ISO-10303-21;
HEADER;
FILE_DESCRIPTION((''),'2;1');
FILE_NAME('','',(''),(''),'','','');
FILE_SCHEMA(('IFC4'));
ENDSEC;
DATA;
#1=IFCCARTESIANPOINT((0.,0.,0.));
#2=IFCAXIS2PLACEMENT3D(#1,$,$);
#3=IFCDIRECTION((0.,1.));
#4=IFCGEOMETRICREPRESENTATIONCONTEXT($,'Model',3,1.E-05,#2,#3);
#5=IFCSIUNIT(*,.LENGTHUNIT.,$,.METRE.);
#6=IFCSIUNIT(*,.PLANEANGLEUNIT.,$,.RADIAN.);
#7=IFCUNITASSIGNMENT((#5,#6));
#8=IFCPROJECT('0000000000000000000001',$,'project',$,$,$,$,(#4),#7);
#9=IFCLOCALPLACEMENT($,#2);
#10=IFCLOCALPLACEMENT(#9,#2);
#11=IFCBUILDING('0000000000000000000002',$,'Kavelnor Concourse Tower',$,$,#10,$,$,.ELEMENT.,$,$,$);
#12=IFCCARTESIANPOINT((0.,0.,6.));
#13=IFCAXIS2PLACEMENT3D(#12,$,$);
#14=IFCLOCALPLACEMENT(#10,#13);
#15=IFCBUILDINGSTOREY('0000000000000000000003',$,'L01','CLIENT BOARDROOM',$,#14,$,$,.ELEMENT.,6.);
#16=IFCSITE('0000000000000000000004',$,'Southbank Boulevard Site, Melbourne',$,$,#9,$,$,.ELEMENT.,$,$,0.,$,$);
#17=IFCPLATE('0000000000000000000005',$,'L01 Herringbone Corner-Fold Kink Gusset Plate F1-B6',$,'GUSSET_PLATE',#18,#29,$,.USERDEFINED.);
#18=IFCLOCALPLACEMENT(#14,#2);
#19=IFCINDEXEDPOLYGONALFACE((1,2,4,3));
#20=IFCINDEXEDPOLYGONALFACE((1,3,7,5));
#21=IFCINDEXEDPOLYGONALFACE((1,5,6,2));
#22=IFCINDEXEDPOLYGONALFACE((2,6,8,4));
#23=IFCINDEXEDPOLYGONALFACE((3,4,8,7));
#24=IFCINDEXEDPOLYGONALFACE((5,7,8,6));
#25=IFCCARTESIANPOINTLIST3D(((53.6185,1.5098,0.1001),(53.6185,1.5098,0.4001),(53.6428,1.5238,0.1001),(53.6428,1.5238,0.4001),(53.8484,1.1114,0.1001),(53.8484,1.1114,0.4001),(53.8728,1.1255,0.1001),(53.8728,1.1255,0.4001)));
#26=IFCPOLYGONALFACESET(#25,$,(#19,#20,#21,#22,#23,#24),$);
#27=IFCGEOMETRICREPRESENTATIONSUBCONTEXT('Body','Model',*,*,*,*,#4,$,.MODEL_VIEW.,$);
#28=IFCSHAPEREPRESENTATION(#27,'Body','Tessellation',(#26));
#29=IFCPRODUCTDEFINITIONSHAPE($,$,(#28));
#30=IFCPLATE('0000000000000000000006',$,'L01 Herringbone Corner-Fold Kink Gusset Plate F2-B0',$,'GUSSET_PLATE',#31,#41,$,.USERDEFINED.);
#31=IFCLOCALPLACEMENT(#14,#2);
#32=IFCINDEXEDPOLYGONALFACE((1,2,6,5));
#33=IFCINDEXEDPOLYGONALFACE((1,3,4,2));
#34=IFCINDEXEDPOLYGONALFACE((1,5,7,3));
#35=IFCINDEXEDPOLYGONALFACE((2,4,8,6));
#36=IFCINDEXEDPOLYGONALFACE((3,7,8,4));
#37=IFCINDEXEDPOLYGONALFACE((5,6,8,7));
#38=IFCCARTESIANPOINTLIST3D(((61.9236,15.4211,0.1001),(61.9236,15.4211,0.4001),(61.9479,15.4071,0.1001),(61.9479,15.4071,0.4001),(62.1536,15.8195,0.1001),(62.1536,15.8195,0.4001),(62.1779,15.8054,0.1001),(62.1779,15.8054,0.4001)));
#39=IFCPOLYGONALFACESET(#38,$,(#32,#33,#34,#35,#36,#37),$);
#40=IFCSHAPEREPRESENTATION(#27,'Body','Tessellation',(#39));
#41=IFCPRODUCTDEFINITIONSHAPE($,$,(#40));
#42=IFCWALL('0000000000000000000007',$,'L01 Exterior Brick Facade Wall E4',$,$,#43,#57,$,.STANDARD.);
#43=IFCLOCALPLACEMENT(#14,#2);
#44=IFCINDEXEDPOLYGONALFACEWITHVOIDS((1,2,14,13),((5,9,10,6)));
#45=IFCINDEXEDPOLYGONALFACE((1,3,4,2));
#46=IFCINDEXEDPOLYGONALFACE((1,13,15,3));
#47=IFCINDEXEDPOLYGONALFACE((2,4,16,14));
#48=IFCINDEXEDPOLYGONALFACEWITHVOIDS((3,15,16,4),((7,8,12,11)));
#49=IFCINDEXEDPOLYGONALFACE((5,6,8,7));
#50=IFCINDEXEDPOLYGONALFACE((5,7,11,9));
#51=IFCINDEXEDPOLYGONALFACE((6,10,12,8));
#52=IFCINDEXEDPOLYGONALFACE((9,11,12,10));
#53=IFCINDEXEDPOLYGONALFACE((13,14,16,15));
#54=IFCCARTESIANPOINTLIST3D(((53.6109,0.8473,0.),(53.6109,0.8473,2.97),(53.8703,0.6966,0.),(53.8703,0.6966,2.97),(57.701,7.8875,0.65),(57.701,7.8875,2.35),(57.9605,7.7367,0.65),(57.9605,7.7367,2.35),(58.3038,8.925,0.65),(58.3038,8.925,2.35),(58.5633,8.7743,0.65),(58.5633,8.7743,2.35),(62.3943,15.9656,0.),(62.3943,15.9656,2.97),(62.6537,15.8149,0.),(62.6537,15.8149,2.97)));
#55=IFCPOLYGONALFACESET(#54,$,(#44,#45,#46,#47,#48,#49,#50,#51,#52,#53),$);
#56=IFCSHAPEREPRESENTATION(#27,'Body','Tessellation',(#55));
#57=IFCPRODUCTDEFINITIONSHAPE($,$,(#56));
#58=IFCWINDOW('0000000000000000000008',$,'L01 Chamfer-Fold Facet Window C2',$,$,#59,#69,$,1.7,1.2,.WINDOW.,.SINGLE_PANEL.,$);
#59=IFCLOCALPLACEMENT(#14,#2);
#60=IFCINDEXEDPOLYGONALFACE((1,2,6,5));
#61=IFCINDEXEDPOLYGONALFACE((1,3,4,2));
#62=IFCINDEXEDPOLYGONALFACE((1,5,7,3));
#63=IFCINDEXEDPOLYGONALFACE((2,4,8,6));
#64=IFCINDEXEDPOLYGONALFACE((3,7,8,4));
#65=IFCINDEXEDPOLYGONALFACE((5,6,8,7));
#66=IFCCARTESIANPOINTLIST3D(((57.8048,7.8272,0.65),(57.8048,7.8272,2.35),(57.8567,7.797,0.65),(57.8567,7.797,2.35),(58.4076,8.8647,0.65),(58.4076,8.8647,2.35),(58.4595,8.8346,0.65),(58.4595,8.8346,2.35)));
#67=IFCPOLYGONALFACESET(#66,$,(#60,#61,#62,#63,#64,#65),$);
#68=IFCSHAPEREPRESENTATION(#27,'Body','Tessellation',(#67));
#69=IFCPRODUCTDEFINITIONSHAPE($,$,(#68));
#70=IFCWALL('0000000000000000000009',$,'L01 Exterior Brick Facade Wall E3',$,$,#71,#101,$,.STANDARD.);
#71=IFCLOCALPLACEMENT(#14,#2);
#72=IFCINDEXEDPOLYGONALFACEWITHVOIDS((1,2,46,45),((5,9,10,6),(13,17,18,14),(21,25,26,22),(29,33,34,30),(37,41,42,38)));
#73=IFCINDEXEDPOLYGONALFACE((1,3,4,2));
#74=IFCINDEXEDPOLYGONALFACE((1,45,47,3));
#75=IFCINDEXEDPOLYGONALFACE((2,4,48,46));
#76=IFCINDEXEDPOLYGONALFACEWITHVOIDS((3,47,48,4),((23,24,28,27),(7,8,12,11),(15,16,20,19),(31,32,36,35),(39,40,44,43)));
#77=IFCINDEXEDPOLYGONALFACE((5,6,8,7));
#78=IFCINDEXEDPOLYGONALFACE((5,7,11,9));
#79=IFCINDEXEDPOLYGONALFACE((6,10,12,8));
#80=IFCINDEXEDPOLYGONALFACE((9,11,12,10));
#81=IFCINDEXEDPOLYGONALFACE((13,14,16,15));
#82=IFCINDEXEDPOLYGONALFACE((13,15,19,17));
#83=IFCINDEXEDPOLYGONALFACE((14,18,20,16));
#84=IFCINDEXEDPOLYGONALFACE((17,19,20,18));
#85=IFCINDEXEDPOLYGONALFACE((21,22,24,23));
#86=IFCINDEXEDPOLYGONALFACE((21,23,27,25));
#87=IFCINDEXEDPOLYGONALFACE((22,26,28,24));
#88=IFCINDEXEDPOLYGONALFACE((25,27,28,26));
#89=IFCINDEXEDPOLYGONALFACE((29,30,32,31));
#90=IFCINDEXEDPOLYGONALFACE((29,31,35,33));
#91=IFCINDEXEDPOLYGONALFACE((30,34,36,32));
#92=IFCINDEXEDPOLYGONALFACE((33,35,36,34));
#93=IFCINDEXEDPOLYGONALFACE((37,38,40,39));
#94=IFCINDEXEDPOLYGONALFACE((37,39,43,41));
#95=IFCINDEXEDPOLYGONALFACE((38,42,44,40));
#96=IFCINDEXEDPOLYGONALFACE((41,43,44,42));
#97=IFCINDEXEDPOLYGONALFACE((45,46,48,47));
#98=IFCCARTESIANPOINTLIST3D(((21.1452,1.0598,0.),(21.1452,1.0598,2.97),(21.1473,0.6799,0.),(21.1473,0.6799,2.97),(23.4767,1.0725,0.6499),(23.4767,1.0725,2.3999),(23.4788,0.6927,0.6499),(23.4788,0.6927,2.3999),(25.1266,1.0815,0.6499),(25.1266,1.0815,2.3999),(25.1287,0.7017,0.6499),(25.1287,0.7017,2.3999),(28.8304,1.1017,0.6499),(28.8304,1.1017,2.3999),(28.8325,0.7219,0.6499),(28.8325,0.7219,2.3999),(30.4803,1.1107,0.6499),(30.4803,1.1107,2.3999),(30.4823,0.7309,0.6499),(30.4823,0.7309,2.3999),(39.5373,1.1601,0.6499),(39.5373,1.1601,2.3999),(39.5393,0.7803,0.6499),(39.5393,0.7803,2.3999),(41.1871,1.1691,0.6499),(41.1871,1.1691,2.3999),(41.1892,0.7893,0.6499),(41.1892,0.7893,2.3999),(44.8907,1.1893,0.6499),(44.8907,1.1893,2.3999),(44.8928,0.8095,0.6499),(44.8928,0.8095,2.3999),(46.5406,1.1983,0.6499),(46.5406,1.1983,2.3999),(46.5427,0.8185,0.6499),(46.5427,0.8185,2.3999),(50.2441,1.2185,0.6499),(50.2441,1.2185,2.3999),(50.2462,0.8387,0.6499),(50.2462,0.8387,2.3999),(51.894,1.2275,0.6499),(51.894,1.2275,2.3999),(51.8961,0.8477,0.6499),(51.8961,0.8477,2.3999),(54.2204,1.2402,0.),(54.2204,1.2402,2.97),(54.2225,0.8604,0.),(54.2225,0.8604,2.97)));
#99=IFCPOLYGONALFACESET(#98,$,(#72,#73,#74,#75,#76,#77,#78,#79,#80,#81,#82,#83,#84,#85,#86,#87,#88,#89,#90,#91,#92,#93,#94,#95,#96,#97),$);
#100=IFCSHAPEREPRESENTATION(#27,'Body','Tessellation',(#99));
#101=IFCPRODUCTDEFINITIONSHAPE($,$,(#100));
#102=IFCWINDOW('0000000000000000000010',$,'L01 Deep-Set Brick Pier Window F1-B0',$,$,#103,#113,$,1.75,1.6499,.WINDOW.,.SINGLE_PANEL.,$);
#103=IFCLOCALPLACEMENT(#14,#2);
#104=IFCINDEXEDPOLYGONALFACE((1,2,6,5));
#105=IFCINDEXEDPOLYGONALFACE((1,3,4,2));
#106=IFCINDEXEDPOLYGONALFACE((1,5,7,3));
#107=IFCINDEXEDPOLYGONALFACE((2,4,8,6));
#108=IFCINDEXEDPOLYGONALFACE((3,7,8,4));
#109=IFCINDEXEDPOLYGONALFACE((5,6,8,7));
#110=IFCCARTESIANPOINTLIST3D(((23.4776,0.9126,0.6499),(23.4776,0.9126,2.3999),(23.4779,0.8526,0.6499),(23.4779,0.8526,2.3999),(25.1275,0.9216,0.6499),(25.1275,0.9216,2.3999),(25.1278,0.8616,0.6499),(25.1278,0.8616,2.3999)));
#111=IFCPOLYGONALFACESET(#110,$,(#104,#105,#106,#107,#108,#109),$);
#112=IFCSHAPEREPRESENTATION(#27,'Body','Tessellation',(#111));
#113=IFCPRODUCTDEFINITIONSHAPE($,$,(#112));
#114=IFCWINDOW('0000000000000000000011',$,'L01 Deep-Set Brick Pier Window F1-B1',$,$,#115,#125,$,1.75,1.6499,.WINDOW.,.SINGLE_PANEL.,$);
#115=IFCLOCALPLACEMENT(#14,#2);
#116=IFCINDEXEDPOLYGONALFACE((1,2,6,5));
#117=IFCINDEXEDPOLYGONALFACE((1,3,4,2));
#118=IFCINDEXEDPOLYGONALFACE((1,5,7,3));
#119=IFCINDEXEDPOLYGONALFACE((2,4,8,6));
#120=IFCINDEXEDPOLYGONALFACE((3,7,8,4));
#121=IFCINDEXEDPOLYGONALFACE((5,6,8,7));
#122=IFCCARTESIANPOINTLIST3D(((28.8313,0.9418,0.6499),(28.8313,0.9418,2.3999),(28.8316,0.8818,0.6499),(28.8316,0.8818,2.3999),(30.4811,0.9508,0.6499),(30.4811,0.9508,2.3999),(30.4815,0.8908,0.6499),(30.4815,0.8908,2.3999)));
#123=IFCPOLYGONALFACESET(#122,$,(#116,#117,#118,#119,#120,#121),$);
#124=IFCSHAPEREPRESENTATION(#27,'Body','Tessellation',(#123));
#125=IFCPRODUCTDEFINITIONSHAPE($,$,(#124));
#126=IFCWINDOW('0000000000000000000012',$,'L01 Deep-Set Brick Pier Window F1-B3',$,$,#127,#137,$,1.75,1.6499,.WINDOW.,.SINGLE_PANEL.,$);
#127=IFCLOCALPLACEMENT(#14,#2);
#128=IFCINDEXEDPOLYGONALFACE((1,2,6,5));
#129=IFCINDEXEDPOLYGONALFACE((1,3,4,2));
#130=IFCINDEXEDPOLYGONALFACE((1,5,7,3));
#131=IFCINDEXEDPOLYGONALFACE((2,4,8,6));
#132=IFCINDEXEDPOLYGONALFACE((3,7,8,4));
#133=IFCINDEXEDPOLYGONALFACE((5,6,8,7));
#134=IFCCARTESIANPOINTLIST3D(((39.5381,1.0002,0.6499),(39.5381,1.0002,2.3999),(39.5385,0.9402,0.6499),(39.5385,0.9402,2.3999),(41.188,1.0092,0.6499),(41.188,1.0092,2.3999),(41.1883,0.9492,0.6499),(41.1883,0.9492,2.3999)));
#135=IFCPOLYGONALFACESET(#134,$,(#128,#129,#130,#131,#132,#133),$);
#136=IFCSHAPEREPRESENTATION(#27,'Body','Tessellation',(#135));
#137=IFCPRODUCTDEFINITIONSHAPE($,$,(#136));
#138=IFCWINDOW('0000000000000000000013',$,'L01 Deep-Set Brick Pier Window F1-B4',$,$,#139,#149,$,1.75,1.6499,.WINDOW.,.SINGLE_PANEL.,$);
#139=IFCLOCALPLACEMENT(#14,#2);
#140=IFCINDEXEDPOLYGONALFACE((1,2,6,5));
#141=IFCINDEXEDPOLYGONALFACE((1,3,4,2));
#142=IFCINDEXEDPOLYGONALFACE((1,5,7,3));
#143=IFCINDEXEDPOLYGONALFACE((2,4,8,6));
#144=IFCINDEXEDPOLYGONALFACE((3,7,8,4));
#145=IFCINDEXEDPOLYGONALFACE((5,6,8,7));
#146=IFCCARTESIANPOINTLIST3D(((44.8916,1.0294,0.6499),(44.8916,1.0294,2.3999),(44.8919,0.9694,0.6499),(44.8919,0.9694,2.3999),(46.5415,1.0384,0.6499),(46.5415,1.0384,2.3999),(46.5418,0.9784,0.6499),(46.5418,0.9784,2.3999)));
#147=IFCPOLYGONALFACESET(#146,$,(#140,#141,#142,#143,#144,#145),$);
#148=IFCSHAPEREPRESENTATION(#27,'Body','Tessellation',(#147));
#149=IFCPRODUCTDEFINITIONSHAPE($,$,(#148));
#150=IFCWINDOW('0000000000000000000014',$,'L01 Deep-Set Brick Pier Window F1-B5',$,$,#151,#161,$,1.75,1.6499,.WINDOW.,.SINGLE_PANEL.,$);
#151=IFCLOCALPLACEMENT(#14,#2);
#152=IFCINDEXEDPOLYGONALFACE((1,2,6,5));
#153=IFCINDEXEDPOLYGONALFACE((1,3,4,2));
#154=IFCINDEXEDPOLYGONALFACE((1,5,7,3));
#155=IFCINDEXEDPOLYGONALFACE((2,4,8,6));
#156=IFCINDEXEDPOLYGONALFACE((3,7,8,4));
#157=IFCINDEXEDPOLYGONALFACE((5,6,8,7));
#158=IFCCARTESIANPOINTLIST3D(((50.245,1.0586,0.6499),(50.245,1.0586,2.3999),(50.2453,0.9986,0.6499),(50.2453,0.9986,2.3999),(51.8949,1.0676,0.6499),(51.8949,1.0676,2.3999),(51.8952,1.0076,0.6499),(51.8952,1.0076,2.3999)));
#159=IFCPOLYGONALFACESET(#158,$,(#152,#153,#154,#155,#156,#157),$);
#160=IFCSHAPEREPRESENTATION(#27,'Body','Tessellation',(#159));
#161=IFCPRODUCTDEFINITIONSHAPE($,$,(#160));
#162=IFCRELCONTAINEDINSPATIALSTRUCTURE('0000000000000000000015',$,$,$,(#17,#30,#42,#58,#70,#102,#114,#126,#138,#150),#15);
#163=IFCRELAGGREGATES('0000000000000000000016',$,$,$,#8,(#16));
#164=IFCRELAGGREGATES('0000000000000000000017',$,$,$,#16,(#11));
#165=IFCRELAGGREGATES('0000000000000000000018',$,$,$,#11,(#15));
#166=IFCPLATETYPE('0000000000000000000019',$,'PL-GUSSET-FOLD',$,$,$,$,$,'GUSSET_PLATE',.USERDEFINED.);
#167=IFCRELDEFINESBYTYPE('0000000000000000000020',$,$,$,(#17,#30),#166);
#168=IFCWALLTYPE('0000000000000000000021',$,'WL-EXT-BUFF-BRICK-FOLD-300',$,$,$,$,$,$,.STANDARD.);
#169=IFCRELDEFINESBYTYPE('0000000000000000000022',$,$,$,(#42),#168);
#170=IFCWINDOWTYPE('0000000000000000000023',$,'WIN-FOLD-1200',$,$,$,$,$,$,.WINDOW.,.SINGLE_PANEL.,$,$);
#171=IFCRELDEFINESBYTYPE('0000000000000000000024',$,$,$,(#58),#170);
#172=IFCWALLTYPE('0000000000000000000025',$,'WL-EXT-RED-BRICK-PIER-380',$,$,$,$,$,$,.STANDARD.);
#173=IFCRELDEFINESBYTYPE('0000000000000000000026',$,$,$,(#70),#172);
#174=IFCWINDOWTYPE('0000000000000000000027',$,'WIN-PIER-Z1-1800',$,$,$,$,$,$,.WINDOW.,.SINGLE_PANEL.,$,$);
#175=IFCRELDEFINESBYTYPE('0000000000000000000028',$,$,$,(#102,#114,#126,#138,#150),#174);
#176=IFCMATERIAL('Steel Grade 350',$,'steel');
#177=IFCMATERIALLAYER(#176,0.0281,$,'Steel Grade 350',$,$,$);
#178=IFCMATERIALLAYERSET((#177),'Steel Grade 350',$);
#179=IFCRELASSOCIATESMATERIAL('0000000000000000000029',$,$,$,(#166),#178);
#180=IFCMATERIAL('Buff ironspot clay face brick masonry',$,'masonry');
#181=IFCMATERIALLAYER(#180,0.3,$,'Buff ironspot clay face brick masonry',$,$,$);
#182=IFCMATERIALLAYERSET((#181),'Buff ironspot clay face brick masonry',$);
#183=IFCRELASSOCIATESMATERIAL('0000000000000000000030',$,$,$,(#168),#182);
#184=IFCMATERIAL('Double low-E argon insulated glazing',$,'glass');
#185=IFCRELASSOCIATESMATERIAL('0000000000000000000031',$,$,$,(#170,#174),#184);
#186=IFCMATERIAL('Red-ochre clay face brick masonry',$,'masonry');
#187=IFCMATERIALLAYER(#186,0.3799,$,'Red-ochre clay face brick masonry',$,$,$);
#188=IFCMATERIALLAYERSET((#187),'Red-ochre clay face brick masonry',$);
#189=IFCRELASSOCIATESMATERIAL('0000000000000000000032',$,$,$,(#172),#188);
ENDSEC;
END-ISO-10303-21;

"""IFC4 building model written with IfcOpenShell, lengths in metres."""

from ifc_helpers import new_model, si_unit, direction, frame, frame_2d, origin, origin_2d, place, context, subcontext, project, spatial, rectangle, extrude, material, layer, layer_set, type_object, element, fill, save


model = new_model("IFC4")

# Units and contexts
model_context = context("Model", 3, precision=1e-05, world=origin(), true_north=direction((0.0, 1.0)))
body_context = subcontext(model_context, "Body", "Model", "MODEL_VIEW")
ifc_project = project(units=[si_unit("LENGTHUNIT", "METRE"), si_unit("PLANEANGLEUNIT", "RADIAN")], contexts=[model_context])

# Site, building, storey
site_placement = place(None, origin())
site = spatial("IfcSite", under=ifc_project, at=site_placement, Name="Southbank Boulevard Site, Melbourne", CompositionType="ELEMENT", RefElevation=0.0)
building_placement = place(site_placement, origin())
building = spatial("IfcBuilding", under=site, at=building_placement, Name="Kavelnor Concourse Tower", CompositionType="ELEMENT")
storey_placement = place(building_placement, frame((0.0, 0.0, 6.0)))
storey = spatial("IfcBuildingStorey", under=building, at=storey_placement, Name="L01", Description="CLIENT BOARDROOM", CompositionType="ELEMENT", Elevation=6.0)

# Shared definitions
ifc_material_1 = material(Name="Steel Grade 350", Category="steel")

# Plates
ifc_layer_1 = layer(ifc_material_1, 0.0281, Name="Steel Grade 350")
ifc_layer_set_1 = layer_set([ifc_layer_1], Name="Steel Grade 350")
plate_type = type_object("IfcPlateType", Name="PL-GUSSET-FOLD", ElementType="GUSSET_PLATE", PredefinedType="USERDEFINED", material=ifc_layer_set_1)
for number, where, z_axis, x_axis, name in (
    (1, (53.7456, 1.3176, 0.1001), (0.0, 0.0, 1.0), (-0.5, 0.866025, 0.0), "L01 Herringbone Corner-Fold Kink Gusset Plate F1-B6"),
    (2, (62.0508, 15.6133, 0.1001), (0.0, 0.0, 1.0), (-0.5, -0.866025, 0.0), "L01 Herringbone Corner-Fold Kink Gusset Plate F2-B0"),
):
    element("IfcPlate", number, at=place(storey_placement, frame(where, z_axis=z_axis, x_axis=x_axis)), inside=storey, type_object=plate_type, Name=name, ObjectType="GUSSET_PLATE", PredefinedType="USERDEFINED", context=body_context, shape_type="SweptSolid", body=[
        extrude(rectangle(XDim=0.46, YDim=0.0281, at=origin_2d()), origin(), (0.0, 0.0, 1.0), 0.3),
    ])

# Wall, opening, window
ifc_material_2 = material(Name="Buff ironspot clay face brick masonry", Category="masonry")
ifc_layer_2 = layer(ifc_material_2, 0.3, Name="Buff ironspot clay face brick masonry")
ifc_layer_set_2 = layer_set([ifc_layer_2], Name="Buff ironspot clay face brick masonry")
wall_type_1 = type_object("IfcWallType", Name="WL-EXT-BUFF-BRICK-FOLD-300", PredefinedType="STANDARD", material=ifc_layer_set_2)
wall_1_placement = place(storey_placement, frame((62.5239, 15.8901, 0.0), z_axis=(0.0, 0.0, 1.0), x_axis=(-0.50235, -0.864664, 0.0)))
wall_1 = element("IfcWall", 3, at=wall_1_placement, inside=storey, type_object=wall_type_1, Name="L01 Exterior Brick Facade Wall E4", PredefinedType="STANDARD", context=body_context, shape_type="SweptSolid", body=[
    extrude(rectangle(XDim=17.4846, YDim=0.3, at=frame_2d((8.7422, 0.0))), origin(), (0.0, 0.0, 1.0), 2.97),
])
opening_1_placement = place(wall_1_placement, frame((8.1423, 0.0, 0.6499)))
opening_1 = element("IfcOpeningElement", 4, at=opening_1_placement, cuts=wall_1, PredefinedType="OPENING", context=body_context, shape_type="SweptSolid", body=[
    extrude(rectangle(XDim=1.2, YDim=1.7, at=frame_2d((0.6001, 0.8501))), frame((0.0, 0.1602, 0.0), z_axis=(0.0, -1.0, 0.0), x_axis=(1.0, 0.0, 0.0)), (0.0, 0.0, 1.0), 0.3201),
])
ifc_material_3 = material(Name="Double low-E argon insulated glazing", Category="glass")
window_type_1 = type_object("IfcWindowType", Name="WIN-FOLD-1200", PartitioningType="SINGLE_PANEL", PredefinedType="WINDOW", material=ifc_material_3)
window_1_placement = place(opening_1_placement, origin())
window_1 = element("IfcWindow", 5, at=window_1_placement, inside=storey, type_object=window_type_1, Name="L01 Chamfer-Fold Facet Window C2", OverallHeight=1.7, OverallWidth=1.2, PartitioningType="SINGLE_PANEL", PredefinedType="WINDOW", context=body_context, shape_type="SweptSolid", body=[
    extrude(rectangle(XDim=1.2, YDim=1.7, at=frame_2d((0.6001, 0.8501))), frame((0.0, 0.03, 0.0), z_axis=(0.0, -1.0, 0.0), x_axis=(1.0, 0.0, 0.0)), (0.0, 0.0, 1.0), 0.0601),
])
fill(opening_1, window_1)

# Wall, openings, windows
ifc_material_4 = material(Name="Red-ochre clay face brick masonry", Category="masonry")
ifc_layer_3 = layer(ifc_material_4, 0.3799, Name="Red-ochre clay face brick masonry")
ifc_layer_set_3 = layer_set([ifc_layer_3], Name="Red-ochre clay face brick masonry")
wall_type_2 = type_object("IfcWallType", Name="WL-EXT-RED-BRICK-PIER-380", PredefinedType="STANDARD", material=ifc_layer_set_3)
wall_2_placement = place(storey_placement, frame((54.2214, 1.0503, 0.0), z_axis=(0.0, 0.0, 1.0), x_axis=(-0.999985, -0.005455, 0.0)))
wall_2 = element("IfcWall", 6, at=wall_2_placement, inside=storey, type_object=wall_type_2, Name="L01 Exterior Brick Facade Wall E3", PredefinedType="STANDARD", context=body_context, shape_type="SweptSolid", body=[
    extrude(rectangle(XDim=33.0757, YDim=0.3799, at=frame_2d((16.5378, 0.0))), origin(), (0.0, 0.0, 1.0), 2.97),
])
opening_2_placement = place(wall_2_placement, frame((29.0942, 0.0, 0.6499)))
opening_2 = element("IfcOpeningElement", 7, at=opening_2_placement, cuts=wall_2, PredefinedType="OPENING", context=body_context, shape_type="SweptSolid", body=[
    extrude(rectangle(XDim=1.6499, YDim=1.75, at=frame_2d((0.825, 0.875))), frame((0.0, 0.2, 0.0), z_axis=(0.0, -1.0, 0.0), x_axis=(1.0, 0.0, 0.0)), (0.0, 0.0, 1.0), 0.3999),
])
opening_3_placement = place(wall_2_placement, frame((23.7405, 0.0, 0.6499)))
opening_3 = element("IfcOpeningElement", 8, at=opening_3_placement, cuts=wall_2, PredefinedType="OPENING", context=body_context, shape_type="SweptSolid", body=[
    extrude(rectangle(XDim=1.6499, YDim=1.75, at=frame_2d((0.825, 0.875))), frame((0.0, 0.2, 0.0), z_axis=(0.0, -1.0, 0.0), x_axis=(1.0, 0.0, 0.0)), (0.0, 0.0, 1.0), 0.3999),
])
opening_4_placement = place(wall_2_placement, frame((13.0334, 0.0, 0.6499)))
opening_4 = element("IfcOpeningElement", 9, at=opening_4_placement, cuts=wall_2, PredefinedType="OPENING", context=body_context, shape_type="SweptSolid", body=[
    extrude(rectangle(XDim=1.6499, YDim=1.75, at=frame_2d((0.825, 0.875))), frame((0.0, 0.2, 0.0), z_axis=(0.0, -1.0, 0.0), x_axis=(1.0, 0.0, 0.0)), (0.0, 0.0, 1.0), 0.3999),
])
opening_5_placement = place(wall_2_placement, frame((7.6799, 0.0, 0.6499)))
opening_5 = element("IfcOpeningElement", 10, at=opening_5_placement, cuts=wall_2, PredefinedType="OPENING", context=body_context, shape_type="SweptSolid", body=[
    extrude(rectangle(XDim=1.6499, YDim=1.75, at=frame_2d((0.825, 0.875))), frame((0.0, 0.2, 0.0), z_axis=(0.0, -1.0, 0.0), x_axis=(1.0, 0.0, 0.0)), (0.0, 0.0, 1.0), 0.3999),
])
opening_6_placement = place(wall_2_placement, frame((2.3264, 0.0, 0.6499)))
opening_6 = element("IfcOpeningElement", 11, at=opening_6_placement, cuts=wall_2, PredefinedType="OPENING", context=body_context, shape_type="SweptSolid", body=[
    extrude(rectangle(XDim=1.6499, YDim=1.75, at=frame_2d((0.825, 0.875))), frame((0.0, 0.2, 0.0), z_axis=(0.0, -1.0, 0.0), x_axis=(1.0, 0.0, 0.0)), (0.0, 0.0, 1.0), 0.3999),
])
window_type_2 = type_object("IfcWindowType", Name="WIN-PIER-Z1-1800", PartitioningType="SINGLE_PANEL", PredefinedType="WINDOW", material=ifc_material_3)
window_2_placement = place(opening_2_placement, origin())
window_2 = element("IfcWindow", 12, at=window_2_placement, inside=storey, type_object=window_type_2, Name="L01 Deep-Set Brick Pier Window F1-B0", OverallHeight=1.75, OverallWidth=1.6499, PartitioningType="SINGLE_PANEL", PredefinedType="WINDOW", context=body_context, shape_type="SweptSolid", body=[
    extrude(rectangle(XDim=1.6499, YDim=1.75, at=frame_2d((0.825, 0.875))), frame((0.0, 0.03, 0.0), z_axis=(0.0, -1.0, 0.0), x_axis=(1.0, 0.0, 0.0)), (0.0, 0.0, 1.0), 0.0601),
])
fill(opening_2, window_2)
window_3_placement = place(opening_3_placement, origin())
window_3 = element("IfcWindow", 13, at=window_3_placement, inside=storey, type_object=window_type_2, Name="L01 Deep-Set Brick Pier Window F1-B1", OverallHeight=1.75, OverallWidth=1.6499, PartitioningType="SINGLE_PANEL", PredefinedType="WINDOW", context=body_context, shape_type="SweptSolid", body=[
    extrude(rectangle(XDim=1.6499, YDim=1.75, at=frame_2d((0.825, 0.875))), frame((0.0, 0.03, 0.0), z_axis=(0.0, -1.0, 0.0), x_axis=(1.0, 0.0, 0.0)), (0.0, 0.0, 1.0), 0.0601),
])
fill(opening_3, window_3)
window_4_placement = place(opening_4_placement, origin())
window_4 = element("IfcWindow", 14, at=window_4_placement, inside=storey, type_object=window_type_2, Name="L01 Deep-Set Brick Pier Window F1-B3", OverallHeight=1.75, OverallWidth=1.6499, PartitioningType="SINGLE_PANEL", PredefinedType="WINDOW", context=body_context, shape_type="SweptSolid", body=[
    extrude(rectangle(XDim=1.6499, YDim=1.75, at=frame_2d((0.825, 0.875))), frame((0.0, 0.03, 0.0), z_axis=(0.0, -1.0, 0.0), x_axis=(1.0, 0.0, 0.0)), (0.0, 0.0, 1.0), 0.0601),
])
fill(opening_4, window_4)
window_5_placement = place(opening_5_placement, origin())
window_5 = element("IfcWindow", 15, at=window_5_placement, inside=storey, type_object=window_type_2, Name="L01 Deep-Set Brick Pier Window F1-B4", OverallHeight=1.75, OverallWidth=1.6499, PartitioningType="SINGLE_PANEL", PredefinedType="WINDOW", context=body_context, shape_type="SweptSolid", body=[
    extrude(rectangle(XDim=1.6499, YDim=1.75, at=frame_2d((0.825, 0.875))), frame((0.0, 0.03, 0.0), z_axis=(0.0, -1.0, 0.0), x_axis=(1.0, 0.0, 0.0)), (0.0, 0.0, 1.0), 0.0601),
])
fill(opening_5, window_5)
window_6_placement = place(opening_6_placement, origin())
window_6 = element("IfcWindow", 16, at=window_6_placement, inside=storey, type_object=window_type_2, Name="L01 Deep-Set Brick Pier Window F1-B5", OverallHeight=1.75, OverallWidth=1.6499, PartitioningType="SINGLE_PANEL", PredefinedType="WINDOW", context=body_context, shape_type="SweptSolid", body=[
    extrude(rectangle(XDim=1.6499, YDim=1.75, at=frame_2d((0.825, 0.875))), frame((0.0, 0.03, 0.0), z_axis=(0.0, -1.0, 0.0), x_axis=(1.0, 0.0, 0.0)), (0.0, 0.0, 1.0), 0.0601),
])
fill(opening_6, window_6)

save(model, "model.ifc")
